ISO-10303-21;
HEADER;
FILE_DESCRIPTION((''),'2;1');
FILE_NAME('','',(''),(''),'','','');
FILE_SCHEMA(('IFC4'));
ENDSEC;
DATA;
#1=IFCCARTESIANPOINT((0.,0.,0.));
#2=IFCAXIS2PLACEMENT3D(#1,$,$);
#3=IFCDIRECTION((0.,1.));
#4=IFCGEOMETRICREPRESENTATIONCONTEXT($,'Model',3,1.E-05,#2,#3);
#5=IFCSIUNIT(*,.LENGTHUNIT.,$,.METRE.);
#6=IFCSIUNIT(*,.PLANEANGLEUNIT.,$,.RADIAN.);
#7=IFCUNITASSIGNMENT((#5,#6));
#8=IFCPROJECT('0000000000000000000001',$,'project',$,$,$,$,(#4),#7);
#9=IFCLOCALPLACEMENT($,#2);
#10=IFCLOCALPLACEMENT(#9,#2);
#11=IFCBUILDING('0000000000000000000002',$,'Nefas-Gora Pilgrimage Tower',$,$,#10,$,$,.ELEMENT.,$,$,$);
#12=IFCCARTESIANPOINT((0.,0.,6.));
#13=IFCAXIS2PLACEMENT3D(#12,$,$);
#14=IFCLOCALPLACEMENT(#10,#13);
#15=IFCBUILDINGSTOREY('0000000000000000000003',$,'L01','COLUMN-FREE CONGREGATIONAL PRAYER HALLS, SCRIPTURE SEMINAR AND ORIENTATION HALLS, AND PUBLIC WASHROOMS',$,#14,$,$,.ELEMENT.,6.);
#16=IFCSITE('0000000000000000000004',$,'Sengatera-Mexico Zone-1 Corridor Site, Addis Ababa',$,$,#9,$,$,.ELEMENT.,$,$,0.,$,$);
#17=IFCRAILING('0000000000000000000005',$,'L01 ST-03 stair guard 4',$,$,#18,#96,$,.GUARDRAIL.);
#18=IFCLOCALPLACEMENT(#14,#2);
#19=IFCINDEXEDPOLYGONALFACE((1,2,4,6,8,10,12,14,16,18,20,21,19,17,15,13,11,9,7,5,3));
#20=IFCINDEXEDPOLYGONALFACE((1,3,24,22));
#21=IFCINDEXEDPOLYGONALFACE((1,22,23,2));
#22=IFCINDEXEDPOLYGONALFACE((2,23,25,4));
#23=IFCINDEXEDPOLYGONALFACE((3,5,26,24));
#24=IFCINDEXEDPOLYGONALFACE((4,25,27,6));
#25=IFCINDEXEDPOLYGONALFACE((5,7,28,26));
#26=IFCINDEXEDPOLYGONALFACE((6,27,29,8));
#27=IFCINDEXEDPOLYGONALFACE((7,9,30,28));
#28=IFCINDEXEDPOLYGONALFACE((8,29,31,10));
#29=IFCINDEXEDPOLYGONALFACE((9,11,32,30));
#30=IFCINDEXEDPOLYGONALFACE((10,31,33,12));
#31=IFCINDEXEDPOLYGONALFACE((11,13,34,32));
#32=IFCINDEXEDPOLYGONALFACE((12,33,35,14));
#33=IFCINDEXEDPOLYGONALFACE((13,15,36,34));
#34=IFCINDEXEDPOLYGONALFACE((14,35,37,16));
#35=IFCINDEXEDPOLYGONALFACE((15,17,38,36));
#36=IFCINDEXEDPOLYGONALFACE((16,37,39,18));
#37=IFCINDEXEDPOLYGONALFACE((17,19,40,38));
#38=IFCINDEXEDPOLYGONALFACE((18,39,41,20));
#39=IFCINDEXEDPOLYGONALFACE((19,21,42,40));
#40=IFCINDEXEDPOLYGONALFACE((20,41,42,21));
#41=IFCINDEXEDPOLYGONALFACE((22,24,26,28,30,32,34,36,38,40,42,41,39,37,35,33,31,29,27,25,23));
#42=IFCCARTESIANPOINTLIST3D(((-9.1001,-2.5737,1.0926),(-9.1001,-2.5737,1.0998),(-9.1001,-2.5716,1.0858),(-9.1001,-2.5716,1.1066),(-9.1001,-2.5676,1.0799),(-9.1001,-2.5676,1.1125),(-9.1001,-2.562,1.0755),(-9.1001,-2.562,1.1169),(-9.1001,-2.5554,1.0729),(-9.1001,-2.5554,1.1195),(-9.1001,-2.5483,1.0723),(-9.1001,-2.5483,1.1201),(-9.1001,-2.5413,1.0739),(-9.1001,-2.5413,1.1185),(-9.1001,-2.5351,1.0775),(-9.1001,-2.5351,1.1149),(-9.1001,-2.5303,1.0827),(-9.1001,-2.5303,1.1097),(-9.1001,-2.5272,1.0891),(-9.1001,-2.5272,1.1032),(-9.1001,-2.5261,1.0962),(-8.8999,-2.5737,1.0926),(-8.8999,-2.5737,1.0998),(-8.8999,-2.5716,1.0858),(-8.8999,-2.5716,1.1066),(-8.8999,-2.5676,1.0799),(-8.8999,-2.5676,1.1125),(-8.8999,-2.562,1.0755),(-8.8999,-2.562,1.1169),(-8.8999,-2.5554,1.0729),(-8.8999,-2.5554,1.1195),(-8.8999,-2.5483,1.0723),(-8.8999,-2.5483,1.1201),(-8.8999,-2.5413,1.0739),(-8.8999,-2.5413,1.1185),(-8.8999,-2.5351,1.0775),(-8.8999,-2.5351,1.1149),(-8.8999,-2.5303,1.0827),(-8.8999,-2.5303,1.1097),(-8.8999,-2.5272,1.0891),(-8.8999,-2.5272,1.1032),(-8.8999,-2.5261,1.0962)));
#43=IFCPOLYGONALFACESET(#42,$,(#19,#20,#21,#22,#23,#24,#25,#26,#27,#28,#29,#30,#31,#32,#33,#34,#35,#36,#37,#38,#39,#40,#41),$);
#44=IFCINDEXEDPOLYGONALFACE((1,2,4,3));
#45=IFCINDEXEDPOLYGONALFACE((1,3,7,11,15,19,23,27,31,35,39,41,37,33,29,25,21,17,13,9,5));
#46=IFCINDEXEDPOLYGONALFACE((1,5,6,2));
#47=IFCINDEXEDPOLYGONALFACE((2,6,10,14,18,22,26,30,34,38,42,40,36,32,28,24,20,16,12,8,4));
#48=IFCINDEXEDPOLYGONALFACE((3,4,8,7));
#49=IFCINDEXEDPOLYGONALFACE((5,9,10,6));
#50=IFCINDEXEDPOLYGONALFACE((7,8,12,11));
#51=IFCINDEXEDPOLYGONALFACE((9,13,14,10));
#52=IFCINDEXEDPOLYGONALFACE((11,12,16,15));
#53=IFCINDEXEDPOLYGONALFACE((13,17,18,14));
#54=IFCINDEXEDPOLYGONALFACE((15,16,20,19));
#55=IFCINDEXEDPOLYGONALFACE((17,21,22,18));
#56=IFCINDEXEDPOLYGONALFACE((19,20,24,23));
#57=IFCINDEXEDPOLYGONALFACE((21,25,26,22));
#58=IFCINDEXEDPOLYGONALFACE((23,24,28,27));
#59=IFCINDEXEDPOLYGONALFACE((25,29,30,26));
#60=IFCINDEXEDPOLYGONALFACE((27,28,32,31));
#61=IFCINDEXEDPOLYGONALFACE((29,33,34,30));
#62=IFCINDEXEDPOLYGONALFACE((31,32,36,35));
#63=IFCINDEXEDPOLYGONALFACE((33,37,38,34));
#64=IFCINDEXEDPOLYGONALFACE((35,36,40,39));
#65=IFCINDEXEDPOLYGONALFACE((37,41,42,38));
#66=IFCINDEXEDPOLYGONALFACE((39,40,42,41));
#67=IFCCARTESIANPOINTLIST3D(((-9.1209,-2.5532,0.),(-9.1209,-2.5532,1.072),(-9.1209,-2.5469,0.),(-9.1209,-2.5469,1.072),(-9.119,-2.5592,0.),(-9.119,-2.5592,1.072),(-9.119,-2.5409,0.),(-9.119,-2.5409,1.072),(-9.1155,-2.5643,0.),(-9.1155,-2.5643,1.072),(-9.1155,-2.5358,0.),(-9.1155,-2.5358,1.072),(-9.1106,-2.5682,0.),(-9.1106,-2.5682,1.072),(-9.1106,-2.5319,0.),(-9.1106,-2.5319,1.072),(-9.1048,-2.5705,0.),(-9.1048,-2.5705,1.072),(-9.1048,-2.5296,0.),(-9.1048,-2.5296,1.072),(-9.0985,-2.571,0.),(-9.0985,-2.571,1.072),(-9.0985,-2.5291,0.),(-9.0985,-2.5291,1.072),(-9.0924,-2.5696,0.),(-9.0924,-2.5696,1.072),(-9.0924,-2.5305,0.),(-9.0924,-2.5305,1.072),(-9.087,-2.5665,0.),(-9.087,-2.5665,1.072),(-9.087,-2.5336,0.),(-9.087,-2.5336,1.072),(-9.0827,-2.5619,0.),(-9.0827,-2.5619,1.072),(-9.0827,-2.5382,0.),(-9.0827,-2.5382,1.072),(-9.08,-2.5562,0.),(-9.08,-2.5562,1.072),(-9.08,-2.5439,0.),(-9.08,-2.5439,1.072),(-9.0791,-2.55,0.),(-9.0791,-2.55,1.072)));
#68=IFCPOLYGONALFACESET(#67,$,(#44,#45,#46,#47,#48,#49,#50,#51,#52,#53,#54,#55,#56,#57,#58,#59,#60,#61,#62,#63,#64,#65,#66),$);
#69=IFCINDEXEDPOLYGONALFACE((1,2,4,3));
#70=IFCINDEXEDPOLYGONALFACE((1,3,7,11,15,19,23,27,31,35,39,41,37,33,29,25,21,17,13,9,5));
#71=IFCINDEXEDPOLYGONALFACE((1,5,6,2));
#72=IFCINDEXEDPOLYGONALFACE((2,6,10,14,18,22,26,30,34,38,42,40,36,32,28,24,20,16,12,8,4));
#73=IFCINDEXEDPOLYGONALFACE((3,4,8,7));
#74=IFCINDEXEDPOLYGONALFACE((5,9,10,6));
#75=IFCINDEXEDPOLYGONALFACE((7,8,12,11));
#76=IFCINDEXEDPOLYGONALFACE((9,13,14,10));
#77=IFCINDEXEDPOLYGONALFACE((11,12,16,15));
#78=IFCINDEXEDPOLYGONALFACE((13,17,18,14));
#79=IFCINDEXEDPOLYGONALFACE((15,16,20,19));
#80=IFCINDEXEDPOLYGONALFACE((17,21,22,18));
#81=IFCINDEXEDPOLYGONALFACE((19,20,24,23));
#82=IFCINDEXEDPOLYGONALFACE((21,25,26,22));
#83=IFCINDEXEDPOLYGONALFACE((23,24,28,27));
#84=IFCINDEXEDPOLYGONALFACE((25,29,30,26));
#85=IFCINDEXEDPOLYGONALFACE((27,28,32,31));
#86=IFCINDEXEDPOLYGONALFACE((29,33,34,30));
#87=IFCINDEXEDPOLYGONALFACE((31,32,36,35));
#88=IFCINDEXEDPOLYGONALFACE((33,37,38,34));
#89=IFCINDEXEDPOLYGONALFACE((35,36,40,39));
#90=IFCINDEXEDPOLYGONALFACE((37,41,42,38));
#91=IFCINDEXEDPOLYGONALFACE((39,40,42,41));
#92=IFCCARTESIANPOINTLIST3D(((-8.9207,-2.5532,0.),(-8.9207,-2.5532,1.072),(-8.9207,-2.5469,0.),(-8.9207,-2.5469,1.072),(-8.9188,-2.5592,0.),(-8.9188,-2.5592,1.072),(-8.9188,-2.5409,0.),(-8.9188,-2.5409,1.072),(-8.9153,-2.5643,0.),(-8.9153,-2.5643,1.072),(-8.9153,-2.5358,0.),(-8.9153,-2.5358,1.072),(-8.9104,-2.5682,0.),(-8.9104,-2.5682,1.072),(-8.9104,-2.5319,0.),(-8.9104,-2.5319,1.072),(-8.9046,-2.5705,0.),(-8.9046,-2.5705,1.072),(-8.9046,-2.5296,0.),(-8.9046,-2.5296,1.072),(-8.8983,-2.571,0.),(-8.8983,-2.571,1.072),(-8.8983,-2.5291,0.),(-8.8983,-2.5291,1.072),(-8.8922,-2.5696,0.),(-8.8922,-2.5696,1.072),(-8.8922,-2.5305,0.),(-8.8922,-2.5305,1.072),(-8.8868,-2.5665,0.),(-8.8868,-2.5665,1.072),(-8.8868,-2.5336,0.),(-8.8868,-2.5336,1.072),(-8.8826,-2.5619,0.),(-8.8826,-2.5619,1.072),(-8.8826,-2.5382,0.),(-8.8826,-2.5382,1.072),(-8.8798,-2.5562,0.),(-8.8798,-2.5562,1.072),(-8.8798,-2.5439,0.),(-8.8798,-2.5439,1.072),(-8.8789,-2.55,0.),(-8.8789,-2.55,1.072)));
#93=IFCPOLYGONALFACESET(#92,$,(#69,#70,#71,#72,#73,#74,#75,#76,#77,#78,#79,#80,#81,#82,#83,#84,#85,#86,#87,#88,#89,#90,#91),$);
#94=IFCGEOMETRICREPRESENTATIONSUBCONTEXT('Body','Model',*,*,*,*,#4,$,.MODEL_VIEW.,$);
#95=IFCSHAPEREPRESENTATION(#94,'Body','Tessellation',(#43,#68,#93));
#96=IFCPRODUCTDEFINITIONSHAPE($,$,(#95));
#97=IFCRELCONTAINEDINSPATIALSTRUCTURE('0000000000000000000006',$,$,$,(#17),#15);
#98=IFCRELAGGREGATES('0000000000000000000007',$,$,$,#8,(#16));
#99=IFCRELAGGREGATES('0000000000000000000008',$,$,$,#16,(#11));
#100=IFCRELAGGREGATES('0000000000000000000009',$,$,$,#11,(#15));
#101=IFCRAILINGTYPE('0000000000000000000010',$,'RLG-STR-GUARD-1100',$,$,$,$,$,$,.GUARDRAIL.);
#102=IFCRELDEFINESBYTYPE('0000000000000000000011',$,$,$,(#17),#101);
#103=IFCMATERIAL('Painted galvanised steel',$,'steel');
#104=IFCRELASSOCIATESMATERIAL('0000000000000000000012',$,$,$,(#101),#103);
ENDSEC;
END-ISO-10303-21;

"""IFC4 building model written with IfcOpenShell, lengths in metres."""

from ifc_helpers import new_model, si_unit, direction, frame, origin, origin_2d, place, context, subcontext, project, spatial, circle, extrude, material, type_object, element, save


model = new_model("IFC4")

# Units and contexts
model_context = context("Model", 3, precision=1e-05, world=origin(), true_north=direction((0.0, 1.0)))
body_context = subcontext(model_context, "Body", "Model", "MODEL_VIEW")
ifc_project = project(units=[si_unit("LENGTHUNIT", "METRE"), si_unit("PLANEANGLEUNIT", "RADIAN")], contexts=[model_context])

# Site, building, storey
site_placement = place(None, origin())
site = spatial("IfcSite", under=ifc_project, at=site_placement, Name="Sengatera-Mexico Zone-1 Corridor Site, Addis Ababa", CompositionType="ELEMENT", RefElevation=0.0)
building_placement = place(site_placement, origin())
building = spatial("IfcBuilding", under=site, at=building_placement, Name="Nefas-Gora Pilgrimage Tower", CompositionType="ELEMENT")
storey_placement = place(building_placement, frame((0.0, 0.0, 6.0)))
storey = spatial("IfcBuildingStorey", under=building, at=storey_placement, Name="L01", Description="COLUMN-FREE CONGREGATIONAL PRAYER HALLS, SCRIPTURE SEMINAR AND ORIENTATION HALLS, AND PUBLIC WASHROOMS", CompositionType="ELEMENT", Elevation=6.0)

# Railing
ifc_material_1 = material(Name="Painted galvanised steel", Category="steel")
railing_type_1 = type_object("IfcRailingType", Name="RLG-STR-GUARD-1100", PredefinedType="GUARDRAIL", material=ifc_material_1)
railing_1_placement = place(storey_placement, frame((-9.1001, -2.55, 0.0)))
element("IfcRailing", 1, at=railing_1_placement, inside=storey, type_object=railing_type_1, Name="L01 ST-03 stair guard 4", PredefinedType="GUARDRAIL", context=body_context, shape_type="SweptSolid", body=[
    extrude(circle(Radius=0.0239, at=origin_2d()), frame((0.0, 0.0, 1.0962), z_axis=(1.0, 0.0, 0.0), x_axis=(0.0, 1.0, 0.0)), (0.0, 0.0, 1.0), 0.2002),
    extrude(circle(Radius=0.021, at=origin_2d()), origin(), (0.0, 0.0, 1.0), 1.072),
    extrude(circle(Radius=0.021, at=origin_2d()), frame((0.2002, 0.0, 0.0)), (0.0, 0.0, 1.0), 1.072),
])

save(model, "model.ifc")
